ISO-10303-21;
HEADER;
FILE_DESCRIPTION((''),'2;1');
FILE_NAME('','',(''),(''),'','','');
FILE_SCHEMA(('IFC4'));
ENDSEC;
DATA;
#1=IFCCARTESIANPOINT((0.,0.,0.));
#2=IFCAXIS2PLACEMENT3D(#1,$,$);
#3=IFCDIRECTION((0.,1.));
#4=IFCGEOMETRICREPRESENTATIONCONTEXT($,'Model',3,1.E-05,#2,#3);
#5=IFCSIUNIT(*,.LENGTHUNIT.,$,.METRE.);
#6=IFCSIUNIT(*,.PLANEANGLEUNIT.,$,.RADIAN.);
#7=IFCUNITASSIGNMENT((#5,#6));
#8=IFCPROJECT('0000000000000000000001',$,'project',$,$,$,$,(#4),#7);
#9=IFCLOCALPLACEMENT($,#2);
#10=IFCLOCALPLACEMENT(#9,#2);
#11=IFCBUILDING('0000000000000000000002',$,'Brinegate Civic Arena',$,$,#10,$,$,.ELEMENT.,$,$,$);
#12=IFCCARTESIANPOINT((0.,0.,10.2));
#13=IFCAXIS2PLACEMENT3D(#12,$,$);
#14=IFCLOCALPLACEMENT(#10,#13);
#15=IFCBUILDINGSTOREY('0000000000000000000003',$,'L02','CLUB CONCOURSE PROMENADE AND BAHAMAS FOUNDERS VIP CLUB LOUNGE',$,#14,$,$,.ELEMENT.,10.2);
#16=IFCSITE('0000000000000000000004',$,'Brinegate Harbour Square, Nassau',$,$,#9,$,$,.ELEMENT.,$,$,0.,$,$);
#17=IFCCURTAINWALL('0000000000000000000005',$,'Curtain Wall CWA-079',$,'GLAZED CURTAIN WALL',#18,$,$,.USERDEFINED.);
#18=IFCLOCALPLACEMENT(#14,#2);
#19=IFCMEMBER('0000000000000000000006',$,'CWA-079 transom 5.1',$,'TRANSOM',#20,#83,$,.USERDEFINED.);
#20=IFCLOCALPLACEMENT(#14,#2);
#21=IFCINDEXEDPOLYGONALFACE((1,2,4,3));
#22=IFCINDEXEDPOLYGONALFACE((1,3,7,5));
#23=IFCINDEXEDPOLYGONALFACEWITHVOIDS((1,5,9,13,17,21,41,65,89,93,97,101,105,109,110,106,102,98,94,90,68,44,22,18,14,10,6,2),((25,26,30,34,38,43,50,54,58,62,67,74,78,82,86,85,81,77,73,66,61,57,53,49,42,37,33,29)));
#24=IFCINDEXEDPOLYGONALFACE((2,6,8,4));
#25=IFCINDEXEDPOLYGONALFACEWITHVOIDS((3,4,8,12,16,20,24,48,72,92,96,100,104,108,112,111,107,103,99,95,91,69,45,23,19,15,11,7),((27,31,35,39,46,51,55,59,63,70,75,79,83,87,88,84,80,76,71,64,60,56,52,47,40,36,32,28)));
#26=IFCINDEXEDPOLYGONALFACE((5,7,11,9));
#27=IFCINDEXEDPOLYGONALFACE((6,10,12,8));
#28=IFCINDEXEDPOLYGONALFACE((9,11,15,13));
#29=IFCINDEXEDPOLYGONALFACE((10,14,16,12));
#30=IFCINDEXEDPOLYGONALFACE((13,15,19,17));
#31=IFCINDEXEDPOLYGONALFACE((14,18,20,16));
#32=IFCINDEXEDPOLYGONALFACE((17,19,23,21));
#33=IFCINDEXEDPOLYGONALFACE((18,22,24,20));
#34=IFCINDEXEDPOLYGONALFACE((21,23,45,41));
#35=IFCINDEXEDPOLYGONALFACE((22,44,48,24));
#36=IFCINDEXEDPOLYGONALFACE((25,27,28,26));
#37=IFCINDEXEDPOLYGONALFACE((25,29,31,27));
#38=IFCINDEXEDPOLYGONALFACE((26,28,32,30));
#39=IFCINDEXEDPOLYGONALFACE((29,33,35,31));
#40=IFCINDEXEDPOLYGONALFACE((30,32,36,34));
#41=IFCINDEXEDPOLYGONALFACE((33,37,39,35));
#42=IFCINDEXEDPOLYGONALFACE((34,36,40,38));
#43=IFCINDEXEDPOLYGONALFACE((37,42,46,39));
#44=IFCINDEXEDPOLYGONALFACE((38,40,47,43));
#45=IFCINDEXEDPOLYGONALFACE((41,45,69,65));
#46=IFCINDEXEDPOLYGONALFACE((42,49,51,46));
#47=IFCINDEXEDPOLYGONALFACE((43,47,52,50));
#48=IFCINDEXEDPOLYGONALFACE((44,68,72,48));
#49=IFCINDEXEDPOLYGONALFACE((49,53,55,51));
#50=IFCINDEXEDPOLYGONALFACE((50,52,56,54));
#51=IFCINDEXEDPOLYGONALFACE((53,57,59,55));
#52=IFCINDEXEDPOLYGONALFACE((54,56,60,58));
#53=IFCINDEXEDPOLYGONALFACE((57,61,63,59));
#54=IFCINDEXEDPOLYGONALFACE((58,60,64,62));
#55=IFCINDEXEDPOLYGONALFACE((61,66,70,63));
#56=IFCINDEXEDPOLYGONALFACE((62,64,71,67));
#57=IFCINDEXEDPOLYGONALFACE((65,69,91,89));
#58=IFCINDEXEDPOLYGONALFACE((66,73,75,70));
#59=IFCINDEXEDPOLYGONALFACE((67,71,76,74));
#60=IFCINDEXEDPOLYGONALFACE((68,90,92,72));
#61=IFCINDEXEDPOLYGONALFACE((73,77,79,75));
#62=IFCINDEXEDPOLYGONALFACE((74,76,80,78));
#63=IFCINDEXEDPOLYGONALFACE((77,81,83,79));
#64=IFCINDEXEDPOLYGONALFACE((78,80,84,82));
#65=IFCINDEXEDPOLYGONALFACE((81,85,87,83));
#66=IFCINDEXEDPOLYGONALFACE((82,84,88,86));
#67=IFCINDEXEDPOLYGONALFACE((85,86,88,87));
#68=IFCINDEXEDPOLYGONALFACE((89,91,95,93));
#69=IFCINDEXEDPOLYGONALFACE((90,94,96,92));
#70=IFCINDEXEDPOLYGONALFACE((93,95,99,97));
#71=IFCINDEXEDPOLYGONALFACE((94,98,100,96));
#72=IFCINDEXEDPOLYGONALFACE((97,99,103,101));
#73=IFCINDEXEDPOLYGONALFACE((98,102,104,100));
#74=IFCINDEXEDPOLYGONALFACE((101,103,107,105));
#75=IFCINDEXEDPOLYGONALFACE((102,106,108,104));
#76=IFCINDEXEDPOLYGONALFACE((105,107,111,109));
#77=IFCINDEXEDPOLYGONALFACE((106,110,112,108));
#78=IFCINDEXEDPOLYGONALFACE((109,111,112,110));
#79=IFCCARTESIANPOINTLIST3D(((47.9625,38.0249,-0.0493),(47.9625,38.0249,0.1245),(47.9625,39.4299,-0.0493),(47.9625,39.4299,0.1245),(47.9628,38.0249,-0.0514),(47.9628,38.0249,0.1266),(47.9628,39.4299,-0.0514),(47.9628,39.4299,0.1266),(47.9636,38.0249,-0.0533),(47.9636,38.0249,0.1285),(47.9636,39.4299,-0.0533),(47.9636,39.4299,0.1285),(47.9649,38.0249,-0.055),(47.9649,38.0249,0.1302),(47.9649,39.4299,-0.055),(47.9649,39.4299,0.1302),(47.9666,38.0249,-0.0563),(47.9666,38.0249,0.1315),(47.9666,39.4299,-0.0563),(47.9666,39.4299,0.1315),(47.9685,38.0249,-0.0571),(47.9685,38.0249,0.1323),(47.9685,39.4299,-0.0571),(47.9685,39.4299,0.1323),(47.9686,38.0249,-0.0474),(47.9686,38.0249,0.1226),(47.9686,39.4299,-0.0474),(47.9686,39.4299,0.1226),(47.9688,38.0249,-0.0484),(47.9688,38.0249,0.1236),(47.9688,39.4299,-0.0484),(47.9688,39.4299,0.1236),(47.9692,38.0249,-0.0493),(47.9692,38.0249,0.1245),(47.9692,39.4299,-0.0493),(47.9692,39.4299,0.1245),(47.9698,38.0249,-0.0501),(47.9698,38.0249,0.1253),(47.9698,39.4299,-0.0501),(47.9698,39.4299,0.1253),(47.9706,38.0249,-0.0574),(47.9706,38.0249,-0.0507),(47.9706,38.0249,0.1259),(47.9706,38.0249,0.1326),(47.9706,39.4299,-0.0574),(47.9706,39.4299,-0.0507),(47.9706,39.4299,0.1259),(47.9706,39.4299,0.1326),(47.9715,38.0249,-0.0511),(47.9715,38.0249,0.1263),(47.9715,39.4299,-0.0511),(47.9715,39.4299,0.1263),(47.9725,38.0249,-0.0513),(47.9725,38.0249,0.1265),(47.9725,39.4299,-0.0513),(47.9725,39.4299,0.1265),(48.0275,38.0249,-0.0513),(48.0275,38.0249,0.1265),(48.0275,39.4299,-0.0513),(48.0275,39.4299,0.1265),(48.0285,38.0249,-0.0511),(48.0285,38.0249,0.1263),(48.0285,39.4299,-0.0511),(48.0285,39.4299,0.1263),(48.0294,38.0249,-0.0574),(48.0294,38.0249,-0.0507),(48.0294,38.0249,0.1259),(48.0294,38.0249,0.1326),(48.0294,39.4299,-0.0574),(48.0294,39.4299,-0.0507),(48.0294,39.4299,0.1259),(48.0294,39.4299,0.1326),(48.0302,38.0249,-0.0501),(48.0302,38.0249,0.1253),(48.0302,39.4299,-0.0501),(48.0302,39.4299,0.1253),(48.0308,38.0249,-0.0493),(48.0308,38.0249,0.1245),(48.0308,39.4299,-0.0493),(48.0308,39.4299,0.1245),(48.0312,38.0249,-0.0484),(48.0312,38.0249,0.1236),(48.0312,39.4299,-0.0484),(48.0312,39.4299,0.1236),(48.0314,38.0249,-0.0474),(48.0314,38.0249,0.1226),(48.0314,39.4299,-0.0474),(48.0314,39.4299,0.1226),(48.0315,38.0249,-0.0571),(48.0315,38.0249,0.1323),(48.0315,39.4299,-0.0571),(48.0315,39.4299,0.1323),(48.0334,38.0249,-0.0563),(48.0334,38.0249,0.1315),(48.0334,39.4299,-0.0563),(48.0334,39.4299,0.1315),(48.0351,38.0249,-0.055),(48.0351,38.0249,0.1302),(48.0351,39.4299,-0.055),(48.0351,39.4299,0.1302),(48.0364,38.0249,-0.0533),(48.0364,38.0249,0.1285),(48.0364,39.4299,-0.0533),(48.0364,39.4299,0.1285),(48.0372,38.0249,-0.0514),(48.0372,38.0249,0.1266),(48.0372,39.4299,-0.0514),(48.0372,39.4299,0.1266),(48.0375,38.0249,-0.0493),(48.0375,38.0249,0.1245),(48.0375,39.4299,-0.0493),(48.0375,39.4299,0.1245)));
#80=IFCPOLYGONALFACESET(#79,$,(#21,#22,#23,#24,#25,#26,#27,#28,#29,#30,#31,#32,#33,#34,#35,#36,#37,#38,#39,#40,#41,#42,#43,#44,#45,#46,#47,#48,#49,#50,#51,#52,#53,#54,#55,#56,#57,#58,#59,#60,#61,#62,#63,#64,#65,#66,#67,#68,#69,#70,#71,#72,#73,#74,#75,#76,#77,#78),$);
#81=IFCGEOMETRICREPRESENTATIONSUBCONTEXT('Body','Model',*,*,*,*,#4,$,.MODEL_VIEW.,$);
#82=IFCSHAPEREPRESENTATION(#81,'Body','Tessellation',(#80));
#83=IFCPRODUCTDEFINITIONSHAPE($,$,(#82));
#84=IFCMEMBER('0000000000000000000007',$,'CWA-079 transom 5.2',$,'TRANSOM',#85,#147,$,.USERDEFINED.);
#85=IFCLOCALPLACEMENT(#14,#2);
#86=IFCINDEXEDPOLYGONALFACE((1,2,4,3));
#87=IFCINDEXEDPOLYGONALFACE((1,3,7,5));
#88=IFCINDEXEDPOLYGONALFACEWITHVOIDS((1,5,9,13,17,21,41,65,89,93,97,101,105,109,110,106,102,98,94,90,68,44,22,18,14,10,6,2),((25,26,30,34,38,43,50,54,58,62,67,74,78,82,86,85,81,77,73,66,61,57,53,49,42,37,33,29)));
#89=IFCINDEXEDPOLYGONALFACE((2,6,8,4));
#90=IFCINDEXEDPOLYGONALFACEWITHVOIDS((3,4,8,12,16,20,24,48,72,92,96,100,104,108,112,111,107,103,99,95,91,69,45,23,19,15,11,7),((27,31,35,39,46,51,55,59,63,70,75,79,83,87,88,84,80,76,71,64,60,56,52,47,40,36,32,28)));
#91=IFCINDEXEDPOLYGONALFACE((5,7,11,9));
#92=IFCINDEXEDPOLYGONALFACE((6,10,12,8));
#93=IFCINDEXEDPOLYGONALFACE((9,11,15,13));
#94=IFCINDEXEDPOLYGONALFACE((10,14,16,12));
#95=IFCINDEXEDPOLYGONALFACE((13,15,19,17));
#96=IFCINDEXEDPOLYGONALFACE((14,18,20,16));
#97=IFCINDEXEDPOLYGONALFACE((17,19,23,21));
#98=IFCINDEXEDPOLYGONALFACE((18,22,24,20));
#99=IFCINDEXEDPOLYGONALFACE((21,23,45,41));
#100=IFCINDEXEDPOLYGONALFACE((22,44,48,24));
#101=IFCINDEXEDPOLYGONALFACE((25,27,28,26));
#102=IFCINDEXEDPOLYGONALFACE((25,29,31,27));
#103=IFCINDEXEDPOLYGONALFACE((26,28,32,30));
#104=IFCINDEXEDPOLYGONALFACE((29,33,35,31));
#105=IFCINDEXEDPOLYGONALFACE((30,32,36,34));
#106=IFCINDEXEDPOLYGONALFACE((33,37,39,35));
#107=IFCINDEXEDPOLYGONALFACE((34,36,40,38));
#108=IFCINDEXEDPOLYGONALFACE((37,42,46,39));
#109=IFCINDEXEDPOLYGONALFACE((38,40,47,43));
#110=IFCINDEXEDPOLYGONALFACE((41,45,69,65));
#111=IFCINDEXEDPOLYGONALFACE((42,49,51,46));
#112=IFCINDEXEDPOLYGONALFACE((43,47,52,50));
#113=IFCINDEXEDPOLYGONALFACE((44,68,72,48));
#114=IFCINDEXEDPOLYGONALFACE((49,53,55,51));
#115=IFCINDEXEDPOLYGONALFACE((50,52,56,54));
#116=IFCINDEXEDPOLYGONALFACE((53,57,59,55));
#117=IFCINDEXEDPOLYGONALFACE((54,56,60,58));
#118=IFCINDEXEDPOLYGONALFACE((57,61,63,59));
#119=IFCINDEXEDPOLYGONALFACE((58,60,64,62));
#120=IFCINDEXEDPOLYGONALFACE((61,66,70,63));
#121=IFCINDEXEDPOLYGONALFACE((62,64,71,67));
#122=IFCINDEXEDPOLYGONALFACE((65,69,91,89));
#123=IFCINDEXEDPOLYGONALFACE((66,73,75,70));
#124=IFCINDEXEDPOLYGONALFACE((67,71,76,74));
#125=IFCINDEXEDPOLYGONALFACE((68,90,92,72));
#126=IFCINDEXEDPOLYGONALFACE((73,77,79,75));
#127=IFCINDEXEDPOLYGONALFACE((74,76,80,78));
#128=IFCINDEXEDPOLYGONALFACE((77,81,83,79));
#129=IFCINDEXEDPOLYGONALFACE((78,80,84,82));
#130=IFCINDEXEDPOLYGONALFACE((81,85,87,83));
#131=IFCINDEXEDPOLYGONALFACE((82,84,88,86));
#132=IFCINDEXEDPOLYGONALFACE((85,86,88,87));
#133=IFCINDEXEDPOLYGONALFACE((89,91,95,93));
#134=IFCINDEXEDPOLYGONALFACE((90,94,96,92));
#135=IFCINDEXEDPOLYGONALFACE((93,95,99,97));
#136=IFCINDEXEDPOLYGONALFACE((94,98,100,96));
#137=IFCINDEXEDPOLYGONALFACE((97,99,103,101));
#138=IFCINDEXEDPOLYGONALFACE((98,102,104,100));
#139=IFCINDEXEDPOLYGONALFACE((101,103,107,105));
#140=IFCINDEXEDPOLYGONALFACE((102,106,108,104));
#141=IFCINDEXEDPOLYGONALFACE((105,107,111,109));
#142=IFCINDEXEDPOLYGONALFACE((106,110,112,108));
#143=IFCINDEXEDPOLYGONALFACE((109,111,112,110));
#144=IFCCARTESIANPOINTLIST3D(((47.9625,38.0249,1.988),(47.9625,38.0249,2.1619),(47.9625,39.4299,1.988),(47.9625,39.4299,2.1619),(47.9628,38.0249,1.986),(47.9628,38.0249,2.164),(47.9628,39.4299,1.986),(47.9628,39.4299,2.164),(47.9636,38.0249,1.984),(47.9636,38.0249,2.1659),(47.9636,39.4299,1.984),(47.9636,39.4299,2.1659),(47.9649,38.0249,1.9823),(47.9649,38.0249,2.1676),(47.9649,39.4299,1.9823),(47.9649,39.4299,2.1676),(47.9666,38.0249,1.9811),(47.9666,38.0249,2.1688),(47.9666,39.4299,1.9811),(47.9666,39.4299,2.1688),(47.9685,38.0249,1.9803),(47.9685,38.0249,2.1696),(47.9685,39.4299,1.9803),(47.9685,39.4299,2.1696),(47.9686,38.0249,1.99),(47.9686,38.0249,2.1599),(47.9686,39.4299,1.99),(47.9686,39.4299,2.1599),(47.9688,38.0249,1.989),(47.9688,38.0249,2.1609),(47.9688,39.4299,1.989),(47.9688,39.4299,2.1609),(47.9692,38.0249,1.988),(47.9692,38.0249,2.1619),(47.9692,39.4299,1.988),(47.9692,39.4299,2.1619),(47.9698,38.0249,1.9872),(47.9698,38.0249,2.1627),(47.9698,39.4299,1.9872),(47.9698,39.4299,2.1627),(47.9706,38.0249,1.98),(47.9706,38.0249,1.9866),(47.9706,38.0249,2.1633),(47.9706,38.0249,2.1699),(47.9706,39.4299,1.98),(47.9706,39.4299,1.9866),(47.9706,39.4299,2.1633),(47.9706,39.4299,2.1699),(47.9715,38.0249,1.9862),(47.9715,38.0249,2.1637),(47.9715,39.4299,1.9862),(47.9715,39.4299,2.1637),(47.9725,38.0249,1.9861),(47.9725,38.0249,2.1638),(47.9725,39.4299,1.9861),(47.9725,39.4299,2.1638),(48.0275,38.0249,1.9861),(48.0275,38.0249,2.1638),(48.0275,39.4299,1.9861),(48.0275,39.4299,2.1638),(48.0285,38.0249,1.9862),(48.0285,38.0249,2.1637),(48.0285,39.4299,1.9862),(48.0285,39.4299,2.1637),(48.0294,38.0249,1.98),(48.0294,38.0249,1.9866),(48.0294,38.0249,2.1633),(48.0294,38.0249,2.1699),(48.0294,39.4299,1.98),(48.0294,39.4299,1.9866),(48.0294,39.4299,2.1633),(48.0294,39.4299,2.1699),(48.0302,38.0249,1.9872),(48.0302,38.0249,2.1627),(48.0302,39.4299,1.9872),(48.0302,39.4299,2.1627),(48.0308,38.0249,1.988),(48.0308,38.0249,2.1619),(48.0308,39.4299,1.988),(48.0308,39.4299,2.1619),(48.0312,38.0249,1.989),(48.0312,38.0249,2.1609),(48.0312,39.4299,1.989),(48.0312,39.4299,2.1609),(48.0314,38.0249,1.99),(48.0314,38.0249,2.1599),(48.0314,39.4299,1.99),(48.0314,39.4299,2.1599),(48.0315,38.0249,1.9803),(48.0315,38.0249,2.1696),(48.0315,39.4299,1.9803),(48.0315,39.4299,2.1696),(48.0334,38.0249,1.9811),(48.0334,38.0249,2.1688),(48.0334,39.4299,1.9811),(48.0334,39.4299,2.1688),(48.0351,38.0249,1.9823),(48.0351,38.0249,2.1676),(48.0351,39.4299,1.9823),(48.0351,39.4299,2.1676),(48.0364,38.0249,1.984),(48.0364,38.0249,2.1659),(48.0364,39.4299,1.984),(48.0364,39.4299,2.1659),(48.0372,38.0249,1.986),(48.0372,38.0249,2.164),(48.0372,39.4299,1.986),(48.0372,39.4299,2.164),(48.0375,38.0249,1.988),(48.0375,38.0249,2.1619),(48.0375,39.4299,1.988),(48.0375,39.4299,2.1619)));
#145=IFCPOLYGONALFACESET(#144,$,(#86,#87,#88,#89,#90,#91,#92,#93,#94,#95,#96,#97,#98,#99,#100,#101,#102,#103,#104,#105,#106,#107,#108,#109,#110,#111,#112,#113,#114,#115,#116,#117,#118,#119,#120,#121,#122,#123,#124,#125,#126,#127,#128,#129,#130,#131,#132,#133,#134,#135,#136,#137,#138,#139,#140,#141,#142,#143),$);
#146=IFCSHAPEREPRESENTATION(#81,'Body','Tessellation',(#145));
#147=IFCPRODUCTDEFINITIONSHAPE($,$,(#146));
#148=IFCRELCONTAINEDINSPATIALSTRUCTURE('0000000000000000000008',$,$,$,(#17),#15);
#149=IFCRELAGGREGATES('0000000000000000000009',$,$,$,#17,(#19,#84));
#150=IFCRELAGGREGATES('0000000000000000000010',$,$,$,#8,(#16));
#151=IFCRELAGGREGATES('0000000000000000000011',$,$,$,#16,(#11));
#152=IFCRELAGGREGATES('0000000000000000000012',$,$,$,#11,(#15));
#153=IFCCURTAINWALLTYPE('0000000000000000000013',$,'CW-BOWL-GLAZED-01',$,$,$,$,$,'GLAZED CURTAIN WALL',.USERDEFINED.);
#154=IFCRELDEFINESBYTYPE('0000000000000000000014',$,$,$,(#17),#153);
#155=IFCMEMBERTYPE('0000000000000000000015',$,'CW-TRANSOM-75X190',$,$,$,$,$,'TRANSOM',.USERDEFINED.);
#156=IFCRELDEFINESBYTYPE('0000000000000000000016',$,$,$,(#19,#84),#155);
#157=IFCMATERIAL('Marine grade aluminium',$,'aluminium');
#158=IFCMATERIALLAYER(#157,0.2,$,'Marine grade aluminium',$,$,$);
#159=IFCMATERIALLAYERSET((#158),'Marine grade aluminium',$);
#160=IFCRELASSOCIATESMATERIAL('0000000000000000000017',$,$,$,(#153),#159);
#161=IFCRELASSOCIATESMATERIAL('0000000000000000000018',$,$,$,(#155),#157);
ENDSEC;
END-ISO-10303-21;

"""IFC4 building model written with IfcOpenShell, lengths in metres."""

from ifc_helpers import new_model, si_unit, direction, frame, origin, origin_2d, place, context, subcontext, project, spatial, hollow_rectangle, extrude, material, layer, layer_set, material_profile, profile_set, type_object, element, aggregate, save


model = new_model("IFC4")

# Units and contexts
model_context = context("Model", 3, precision=1e-05, world=origin(), true_north=direction((0.0, 1.0)))
body_context = subcontext(model_context, "Body", "Model", "MODEL_VIEW")
ifc_project = project(units=[si_unit("LENGTHUNIT", "METRE"), si_unit("PLANEANGLEUNIT", "RADIAN")], contexts=[model_context])

# Site, building, storey
site_placement = place(None, origin())
site = spatial("IfcSite", under=ifc_project, at=site_placement, Name="Brinegate Harbour Square, Nassau", CompositionType="ELEMENT", RefElevation=0.0)
building_placement = place(site_placement, origin())
building = spatial("IfcBuilding", under=site, at=building_placement, Name="Brinegate Civic Arena", CompositionType="ELEMENT")
storey_placement = place(building_placement, frame((0.0, 0.0, 10.2)))
storey = spatial("IfcBuildingStorey", under=building, at=storey_placement, Name="L02", Description="CLUB CONCOURSE PROMENADE AND BAHAMAS FOUNDERS VIP CLUB LOUNGE", CompositionType="ELEMENT", Elevation=10.2)

# Curtain wall, members
ifc_material_1 = material(Name="Marine grade aluminium", Category="aluminium")
ifc_layer_1 = layer(ifc_material_1, 0.2, Name="Marine grade aluminium")
ifc_layer_set_1 = layer_set([ifc_layer_1], Name="Marine grade aluminium")
curtain_wall_type = type_object("IfcCurtainWallType", Name="CW-BOWL-GLAZED-01", ElementType="GLAZED CURTAIN WALL", PredefinedType="USERDEFINED", material=ifc_layer_set_1)
curtain_wall_placement = place(storey_placement, origin())
curtain_wall = element("IfcCurtainWall", 1, at=curtain_wall_placement, inside=storey, type_object=curtain_wall_type, Name="Curtain Wall CWA-079", ObjectType="GLAZED CURTAIN WALL", PredefinedType="USERDEFINED")
ifc_material_profile_1 = material_profile(ifc_material_1, hollow_rectangle(XDim=0.075, YDim=0.1899, WallThickness=0.0061, InnerFilletRadius=0.0039, OuterFilletRadius=0.0081, at=origin_2d()), Name="TRN75X190")
ifc_profile_set_1 = profile_set([ifc_material_profile_1], Name="Marine grade aluminium")
member_type_1 = type_object("IfcMemberType", Name="CW-TRANSOM-75X190", ElementType="TRANSOM", PredefinedType="USERDEFINED", material=ifc_profile_set_1)
member_1_placement = place(storey_placement, frame((48.0, 38.0249, 0.0376), z_axis=(0.0, 1.0, 0.0), x_axis=(-1.0, 0.0, 0.0)))
member_1 = element("IfcMember", 2, at=member_1_placement, type_object=member_type_1, Name="CWA-079 transom 5.1", ObjectType="TRANSOM", PredefinedType="USERDEFINED", context=body_context, shape_type="SweptSolid", body=[
    extrude(hollow_rectangle(XDim=0.075, YDim=0.1899, WallThickness=0.0061, InnerFilletRadius=0.0039, OuterFilletRadius=0.0081, at=origin_2d()), origin(), (0.0, 0.0, 1.0), 1.405),
])
member_2_placement = place(storey_placement, frame((48.0, 38.0249, 2.075), z_axis=(0.0, 1.0, 0.0), x_axis=(-1.0, 0.0, 0.0)))
member_2 = element("IfcMember", 3, at=member_2_placement, type_object=member_type_1, Name="CWA-079 transom 5.2", ObjectType="TRANSOM", PredefinedType="USERDEFINED", context=body_context, shape_type="SweptSolid", body=[
    extrude(hollow_rectangle(XDim=0.075, YDim=0.1899, WallThickness=0.0061, InnerFilletRadius=0.0039, OuterFilletRadius=0.0081, at=origin_2d()), origin(), (0.0, 0.0, 1.0), 1.405),
])
aggregate(curtain_wall, [member_1, member_2])

save(model, "model.ifc")
